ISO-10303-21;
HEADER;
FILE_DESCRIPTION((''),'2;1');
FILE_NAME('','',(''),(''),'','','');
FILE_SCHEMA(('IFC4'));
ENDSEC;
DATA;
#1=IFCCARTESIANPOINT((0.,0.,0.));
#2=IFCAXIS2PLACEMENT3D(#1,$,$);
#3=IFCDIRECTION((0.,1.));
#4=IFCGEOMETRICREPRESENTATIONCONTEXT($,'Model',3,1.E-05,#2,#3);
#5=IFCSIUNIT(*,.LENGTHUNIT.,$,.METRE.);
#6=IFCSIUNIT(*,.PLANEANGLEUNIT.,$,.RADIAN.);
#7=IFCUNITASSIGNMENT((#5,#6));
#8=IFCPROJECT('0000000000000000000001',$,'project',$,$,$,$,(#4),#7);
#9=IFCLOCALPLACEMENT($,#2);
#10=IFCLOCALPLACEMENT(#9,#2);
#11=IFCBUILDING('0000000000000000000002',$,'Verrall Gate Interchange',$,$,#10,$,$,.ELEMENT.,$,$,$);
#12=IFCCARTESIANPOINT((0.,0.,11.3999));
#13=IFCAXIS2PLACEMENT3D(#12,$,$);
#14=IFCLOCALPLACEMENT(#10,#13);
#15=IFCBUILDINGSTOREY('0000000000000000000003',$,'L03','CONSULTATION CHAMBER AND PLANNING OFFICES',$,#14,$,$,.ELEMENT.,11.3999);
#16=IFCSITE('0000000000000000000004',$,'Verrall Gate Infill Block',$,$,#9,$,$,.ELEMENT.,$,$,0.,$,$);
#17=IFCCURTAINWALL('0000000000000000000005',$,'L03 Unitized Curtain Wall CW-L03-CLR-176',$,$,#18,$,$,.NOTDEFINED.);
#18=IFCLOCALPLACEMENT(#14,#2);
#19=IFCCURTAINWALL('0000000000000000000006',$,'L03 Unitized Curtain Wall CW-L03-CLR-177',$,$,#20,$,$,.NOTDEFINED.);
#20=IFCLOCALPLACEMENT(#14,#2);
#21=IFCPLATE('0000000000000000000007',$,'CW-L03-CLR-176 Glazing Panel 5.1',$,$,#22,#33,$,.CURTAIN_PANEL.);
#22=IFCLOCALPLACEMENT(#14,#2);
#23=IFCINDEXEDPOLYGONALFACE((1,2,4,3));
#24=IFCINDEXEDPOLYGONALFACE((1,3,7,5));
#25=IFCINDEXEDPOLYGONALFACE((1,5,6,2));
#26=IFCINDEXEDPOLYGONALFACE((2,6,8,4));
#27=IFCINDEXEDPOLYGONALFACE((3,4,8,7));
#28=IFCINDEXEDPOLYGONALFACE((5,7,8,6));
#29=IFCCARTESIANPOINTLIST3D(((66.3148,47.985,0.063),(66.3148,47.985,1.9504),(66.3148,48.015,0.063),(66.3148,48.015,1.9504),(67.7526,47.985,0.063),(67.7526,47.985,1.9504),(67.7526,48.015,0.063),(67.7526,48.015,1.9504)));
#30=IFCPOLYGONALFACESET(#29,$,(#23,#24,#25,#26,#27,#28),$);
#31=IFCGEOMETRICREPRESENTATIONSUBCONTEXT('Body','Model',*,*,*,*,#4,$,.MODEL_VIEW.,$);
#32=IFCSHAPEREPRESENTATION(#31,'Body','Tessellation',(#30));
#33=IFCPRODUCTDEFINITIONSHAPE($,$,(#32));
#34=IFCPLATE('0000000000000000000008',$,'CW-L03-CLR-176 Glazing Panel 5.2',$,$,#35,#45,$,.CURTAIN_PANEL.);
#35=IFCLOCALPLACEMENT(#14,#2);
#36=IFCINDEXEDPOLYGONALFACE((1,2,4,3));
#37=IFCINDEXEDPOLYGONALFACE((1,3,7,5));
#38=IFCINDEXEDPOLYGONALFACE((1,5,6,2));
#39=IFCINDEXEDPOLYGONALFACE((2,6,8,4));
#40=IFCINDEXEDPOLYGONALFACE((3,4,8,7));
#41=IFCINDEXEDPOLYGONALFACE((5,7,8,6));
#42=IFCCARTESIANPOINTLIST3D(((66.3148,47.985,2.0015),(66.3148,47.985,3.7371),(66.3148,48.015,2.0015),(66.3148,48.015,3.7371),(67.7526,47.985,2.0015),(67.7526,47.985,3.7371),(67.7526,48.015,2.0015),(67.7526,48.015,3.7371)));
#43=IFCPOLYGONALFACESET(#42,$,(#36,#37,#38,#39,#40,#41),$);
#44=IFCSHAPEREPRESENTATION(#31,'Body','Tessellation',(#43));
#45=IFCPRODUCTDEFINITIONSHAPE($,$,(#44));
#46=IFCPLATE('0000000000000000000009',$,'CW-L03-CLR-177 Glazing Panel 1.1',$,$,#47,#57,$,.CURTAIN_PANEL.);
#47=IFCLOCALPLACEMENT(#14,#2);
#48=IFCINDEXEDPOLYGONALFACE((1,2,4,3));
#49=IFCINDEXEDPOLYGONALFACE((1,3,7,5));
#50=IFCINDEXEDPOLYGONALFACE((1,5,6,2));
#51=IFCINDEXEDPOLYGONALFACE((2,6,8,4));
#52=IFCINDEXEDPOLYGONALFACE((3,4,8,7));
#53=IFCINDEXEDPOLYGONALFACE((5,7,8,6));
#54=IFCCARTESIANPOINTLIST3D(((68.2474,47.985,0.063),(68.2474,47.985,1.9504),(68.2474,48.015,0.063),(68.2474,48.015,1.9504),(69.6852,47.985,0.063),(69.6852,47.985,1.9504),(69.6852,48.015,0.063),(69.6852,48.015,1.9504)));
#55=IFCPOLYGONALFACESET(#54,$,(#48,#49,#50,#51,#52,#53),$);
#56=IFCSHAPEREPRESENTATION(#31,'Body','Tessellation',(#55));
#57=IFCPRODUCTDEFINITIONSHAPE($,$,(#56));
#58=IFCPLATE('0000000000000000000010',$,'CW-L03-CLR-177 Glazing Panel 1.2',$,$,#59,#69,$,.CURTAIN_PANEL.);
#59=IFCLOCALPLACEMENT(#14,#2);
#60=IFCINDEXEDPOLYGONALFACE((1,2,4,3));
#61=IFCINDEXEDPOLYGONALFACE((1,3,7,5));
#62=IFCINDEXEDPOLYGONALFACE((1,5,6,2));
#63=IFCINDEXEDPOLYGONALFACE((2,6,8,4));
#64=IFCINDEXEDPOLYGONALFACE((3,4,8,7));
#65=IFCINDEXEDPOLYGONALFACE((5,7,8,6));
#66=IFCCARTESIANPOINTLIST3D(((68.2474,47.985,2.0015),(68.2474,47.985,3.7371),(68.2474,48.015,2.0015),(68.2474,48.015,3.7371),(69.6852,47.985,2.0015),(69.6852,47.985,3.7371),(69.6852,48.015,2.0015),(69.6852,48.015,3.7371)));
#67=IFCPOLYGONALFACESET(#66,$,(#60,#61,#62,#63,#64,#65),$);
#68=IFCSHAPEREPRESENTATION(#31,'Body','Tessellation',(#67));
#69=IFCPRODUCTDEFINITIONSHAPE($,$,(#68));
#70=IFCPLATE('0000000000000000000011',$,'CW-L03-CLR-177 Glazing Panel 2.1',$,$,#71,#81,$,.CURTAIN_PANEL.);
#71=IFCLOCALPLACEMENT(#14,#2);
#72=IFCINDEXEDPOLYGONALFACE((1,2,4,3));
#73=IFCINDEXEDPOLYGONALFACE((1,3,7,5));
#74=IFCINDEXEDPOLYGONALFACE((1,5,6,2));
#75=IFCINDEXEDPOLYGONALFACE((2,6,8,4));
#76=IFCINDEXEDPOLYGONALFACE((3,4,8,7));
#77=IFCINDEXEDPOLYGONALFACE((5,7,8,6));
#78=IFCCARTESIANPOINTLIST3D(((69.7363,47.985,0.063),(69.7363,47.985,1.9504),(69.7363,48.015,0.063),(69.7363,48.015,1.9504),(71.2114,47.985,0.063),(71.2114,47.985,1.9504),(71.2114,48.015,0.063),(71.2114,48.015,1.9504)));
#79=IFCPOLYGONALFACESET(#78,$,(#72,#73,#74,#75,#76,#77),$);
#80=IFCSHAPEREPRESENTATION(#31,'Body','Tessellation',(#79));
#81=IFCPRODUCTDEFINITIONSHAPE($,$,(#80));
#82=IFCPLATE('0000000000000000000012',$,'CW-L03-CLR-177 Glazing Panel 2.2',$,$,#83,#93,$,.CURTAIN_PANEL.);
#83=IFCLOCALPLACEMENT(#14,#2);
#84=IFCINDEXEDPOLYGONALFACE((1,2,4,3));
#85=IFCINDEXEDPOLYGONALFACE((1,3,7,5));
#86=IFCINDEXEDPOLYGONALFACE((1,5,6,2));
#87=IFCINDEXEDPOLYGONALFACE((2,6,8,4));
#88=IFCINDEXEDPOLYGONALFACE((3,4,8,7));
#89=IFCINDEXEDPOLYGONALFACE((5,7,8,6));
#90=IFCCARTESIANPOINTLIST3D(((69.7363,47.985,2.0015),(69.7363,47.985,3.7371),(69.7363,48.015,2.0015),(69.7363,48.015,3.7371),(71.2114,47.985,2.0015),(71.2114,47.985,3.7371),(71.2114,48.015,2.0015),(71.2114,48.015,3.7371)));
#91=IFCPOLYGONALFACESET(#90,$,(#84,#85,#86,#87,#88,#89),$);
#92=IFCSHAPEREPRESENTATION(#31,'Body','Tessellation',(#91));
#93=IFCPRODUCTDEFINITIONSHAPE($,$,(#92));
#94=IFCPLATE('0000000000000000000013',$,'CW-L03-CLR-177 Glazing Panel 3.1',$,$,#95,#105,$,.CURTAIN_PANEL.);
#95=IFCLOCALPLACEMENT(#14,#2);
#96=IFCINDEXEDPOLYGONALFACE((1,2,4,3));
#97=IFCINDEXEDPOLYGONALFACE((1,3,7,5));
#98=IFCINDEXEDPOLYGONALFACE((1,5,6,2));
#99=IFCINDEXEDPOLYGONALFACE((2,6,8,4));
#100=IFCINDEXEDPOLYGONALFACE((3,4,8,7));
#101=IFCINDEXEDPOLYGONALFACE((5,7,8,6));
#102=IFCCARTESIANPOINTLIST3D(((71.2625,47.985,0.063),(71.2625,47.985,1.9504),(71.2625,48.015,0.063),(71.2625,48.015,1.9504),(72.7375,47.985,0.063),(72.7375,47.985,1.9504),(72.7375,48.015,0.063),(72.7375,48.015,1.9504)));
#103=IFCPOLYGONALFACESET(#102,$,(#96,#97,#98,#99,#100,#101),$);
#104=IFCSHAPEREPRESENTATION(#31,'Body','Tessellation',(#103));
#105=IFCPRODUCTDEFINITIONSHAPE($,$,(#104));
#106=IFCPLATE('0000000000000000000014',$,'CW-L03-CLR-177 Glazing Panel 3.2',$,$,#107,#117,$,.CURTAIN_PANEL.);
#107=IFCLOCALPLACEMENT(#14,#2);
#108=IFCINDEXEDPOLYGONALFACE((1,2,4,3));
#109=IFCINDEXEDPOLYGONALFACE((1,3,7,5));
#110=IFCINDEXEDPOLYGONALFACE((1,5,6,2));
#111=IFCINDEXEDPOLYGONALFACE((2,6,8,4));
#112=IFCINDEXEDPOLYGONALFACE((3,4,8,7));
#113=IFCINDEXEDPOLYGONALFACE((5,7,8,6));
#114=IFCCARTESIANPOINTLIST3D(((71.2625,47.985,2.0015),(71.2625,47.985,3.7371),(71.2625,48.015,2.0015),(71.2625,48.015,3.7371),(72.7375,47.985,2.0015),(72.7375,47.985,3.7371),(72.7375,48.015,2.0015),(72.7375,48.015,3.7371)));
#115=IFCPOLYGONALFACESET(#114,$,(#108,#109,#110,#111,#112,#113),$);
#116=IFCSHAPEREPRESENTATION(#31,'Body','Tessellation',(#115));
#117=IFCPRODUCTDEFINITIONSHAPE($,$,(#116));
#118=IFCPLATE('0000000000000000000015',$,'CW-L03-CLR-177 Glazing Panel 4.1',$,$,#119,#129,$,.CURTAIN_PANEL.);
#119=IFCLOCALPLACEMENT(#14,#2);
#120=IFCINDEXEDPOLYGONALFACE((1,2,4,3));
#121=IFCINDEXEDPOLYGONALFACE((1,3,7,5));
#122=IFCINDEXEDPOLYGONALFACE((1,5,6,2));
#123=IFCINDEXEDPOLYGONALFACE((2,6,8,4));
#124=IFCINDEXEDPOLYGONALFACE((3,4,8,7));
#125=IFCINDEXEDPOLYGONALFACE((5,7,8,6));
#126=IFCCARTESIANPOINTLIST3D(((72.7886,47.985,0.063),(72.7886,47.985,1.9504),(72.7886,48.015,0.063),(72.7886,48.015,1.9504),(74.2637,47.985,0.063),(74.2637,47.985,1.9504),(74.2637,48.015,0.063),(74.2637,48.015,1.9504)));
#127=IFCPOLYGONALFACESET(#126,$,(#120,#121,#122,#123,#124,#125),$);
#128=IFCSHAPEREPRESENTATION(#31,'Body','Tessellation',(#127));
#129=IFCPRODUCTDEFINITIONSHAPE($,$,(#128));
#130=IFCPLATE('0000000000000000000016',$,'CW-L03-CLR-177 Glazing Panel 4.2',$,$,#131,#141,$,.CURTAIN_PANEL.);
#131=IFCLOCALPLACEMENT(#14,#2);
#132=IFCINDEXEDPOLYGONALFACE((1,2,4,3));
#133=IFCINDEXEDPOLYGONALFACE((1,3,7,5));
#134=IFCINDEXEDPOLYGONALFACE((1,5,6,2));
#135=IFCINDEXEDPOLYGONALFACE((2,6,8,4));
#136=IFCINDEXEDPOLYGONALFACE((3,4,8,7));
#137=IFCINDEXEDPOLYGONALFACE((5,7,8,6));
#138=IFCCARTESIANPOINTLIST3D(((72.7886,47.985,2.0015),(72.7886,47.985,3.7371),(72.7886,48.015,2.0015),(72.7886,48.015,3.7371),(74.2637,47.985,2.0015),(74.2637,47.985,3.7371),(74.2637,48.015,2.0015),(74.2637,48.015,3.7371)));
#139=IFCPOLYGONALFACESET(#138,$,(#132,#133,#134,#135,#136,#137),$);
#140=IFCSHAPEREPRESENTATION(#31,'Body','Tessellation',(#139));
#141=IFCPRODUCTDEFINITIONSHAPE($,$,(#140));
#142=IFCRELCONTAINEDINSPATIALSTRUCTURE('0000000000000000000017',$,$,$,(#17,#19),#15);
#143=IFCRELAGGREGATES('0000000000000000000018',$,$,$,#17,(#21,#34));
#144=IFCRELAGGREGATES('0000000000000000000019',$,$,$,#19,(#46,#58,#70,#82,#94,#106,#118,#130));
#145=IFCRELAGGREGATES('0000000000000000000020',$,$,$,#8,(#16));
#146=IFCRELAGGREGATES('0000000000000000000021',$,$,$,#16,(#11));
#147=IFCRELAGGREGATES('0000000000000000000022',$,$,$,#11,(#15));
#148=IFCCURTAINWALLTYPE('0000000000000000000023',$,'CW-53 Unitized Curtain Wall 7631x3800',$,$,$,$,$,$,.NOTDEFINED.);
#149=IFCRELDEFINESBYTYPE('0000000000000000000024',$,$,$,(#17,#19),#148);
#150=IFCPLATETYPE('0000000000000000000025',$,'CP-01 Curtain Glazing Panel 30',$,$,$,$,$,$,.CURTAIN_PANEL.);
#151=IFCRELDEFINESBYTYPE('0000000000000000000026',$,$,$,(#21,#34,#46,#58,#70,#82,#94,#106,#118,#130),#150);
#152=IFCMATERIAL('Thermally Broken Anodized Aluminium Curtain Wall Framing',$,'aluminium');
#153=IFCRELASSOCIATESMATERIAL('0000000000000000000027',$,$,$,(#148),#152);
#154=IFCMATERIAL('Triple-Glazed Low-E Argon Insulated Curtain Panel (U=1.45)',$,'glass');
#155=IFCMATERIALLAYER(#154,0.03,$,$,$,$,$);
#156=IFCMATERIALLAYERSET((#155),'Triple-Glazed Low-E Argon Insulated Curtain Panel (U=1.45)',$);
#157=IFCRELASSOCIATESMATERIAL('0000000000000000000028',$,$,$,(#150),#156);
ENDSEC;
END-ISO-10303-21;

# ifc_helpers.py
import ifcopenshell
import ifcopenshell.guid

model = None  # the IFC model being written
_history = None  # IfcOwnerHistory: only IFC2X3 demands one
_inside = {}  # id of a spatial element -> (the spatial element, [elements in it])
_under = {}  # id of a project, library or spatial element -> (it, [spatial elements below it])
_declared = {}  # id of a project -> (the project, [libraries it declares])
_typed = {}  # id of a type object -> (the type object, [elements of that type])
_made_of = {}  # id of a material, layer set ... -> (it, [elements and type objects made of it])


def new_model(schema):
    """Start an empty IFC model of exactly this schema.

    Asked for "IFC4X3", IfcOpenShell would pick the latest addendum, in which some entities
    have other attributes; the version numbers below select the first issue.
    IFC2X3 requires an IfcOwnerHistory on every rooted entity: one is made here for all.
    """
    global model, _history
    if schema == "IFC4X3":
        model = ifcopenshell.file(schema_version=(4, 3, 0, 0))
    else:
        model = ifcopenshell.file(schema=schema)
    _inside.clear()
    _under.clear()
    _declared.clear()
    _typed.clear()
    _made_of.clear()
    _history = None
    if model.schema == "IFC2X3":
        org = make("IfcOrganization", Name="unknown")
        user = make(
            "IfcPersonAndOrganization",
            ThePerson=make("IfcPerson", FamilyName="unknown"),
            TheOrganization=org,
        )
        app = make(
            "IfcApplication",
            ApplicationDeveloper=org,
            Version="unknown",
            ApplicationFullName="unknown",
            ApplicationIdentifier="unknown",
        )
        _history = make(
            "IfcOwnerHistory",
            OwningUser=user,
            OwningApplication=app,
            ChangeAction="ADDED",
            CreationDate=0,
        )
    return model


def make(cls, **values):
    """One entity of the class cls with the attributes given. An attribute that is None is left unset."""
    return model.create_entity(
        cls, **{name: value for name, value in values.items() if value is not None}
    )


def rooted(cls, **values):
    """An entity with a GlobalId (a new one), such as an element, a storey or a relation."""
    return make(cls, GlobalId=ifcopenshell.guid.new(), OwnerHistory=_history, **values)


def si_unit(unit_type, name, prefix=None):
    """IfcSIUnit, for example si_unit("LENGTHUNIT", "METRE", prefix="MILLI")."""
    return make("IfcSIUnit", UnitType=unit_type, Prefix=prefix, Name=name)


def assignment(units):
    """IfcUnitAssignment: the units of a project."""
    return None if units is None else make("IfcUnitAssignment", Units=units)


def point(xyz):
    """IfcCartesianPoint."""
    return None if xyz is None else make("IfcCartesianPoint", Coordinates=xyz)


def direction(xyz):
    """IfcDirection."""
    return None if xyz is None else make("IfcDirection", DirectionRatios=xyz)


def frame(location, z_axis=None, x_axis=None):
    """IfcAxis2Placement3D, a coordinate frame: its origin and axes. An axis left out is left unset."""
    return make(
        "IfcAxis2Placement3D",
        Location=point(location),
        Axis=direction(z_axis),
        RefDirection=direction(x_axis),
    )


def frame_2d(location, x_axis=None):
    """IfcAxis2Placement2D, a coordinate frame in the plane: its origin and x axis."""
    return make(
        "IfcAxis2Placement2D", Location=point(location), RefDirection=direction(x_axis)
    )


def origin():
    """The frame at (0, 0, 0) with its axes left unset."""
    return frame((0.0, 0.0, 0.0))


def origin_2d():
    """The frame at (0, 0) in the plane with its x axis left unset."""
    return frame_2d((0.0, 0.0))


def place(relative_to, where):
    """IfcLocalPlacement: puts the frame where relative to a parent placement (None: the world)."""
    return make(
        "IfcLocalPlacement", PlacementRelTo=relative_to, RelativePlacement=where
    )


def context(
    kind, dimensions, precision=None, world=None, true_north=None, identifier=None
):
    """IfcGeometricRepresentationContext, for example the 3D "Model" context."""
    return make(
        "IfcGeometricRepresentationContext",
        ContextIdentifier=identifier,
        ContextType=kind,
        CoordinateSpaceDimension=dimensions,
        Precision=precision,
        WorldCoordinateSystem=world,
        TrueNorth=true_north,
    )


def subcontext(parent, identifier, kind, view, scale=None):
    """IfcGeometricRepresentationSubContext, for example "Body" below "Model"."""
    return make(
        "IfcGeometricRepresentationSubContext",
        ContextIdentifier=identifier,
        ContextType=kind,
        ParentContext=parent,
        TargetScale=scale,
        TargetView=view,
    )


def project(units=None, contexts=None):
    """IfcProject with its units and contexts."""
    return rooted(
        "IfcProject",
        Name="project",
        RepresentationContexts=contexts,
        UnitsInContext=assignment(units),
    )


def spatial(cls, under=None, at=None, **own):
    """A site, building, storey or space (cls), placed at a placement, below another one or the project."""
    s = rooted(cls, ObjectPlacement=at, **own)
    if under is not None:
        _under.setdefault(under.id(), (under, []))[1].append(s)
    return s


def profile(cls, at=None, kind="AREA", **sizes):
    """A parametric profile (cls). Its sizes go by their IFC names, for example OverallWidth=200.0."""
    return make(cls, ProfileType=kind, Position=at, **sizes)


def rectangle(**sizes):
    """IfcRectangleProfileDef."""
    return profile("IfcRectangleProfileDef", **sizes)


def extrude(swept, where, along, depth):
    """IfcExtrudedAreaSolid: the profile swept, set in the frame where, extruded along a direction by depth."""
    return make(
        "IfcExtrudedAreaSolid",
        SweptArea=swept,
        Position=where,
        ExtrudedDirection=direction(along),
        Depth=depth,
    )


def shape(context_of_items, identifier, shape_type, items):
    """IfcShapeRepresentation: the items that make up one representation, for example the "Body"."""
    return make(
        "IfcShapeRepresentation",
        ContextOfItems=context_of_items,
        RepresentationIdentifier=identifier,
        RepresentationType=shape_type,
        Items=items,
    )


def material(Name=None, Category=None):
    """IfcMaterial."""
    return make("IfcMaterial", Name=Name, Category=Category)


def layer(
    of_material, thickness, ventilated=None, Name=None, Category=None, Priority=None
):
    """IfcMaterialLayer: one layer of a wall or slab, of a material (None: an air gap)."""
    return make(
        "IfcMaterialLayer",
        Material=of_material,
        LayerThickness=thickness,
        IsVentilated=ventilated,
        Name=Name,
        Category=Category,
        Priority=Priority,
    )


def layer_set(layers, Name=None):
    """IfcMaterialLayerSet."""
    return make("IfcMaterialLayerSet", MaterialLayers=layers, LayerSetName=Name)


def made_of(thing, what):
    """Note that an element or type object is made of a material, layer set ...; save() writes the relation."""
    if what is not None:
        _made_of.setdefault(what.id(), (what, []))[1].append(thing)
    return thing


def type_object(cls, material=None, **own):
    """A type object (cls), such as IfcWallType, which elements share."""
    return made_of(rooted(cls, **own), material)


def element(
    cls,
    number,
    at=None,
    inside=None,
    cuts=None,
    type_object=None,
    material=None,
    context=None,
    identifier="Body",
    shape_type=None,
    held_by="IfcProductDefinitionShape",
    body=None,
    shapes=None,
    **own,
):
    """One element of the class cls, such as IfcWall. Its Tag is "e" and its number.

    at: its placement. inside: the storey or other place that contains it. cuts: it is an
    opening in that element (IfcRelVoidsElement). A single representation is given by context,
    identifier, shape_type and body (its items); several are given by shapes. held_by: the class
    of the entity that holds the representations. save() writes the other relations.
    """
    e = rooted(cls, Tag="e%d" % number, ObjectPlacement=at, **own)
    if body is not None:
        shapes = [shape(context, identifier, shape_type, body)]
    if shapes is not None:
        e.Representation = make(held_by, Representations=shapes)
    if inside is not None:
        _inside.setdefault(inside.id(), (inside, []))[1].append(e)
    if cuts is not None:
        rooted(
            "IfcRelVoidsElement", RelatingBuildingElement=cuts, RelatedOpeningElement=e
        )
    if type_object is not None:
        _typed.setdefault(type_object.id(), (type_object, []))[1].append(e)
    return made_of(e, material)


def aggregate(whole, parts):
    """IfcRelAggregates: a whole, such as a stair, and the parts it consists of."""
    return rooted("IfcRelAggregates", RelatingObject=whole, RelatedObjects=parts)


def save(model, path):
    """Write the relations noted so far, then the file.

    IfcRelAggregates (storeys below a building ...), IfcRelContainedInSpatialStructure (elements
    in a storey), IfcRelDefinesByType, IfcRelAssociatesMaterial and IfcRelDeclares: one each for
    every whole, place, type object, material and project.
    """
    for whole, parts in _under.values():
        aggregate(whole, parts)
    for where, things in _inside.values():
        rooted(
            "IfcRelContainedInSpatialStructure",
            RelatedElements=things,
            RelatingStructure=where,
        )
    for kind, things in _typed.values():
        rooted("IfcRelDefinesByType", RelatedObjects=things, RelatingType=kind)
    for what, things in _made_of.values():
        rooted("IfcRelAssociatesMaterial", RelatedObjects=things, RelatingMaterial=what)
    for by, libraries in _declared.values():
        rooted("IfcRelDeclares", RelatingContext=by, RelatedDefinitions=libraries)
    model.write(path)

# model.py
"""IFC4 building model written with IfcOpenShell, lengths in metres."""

from ifc_helpers import new_model, si_unit, direction, frame, origin, origin_2d, place, context, subcontext, project, spatial, rectangle, extrude, material, layer, layer_set, type_object, element, aggregate, save


model = new_model("IFC4")

# Units and contexts
model_context = context("Model", 3, precision=1e-05, world=origin(), true_north=direction((0.0, 1.0)))
body_context = subcontext(model_context, "Body", "Model", "MODEL_VIEW")
ifc_project = project(units=[si_unit("LENGTHUNIT", "METRE"), si_unit("PLANEANGLEUNIT", "RADIAN")], contexts=[model_context])

# Site, building, storey
site_placement = place(None, origin())
site = spatial("IfcSite", under=ifc_project, at=site_placement, Name="Verrall Gate Infill Block", CompositionType="ELEMENT", RefElevation=0.0)
building_placement = place(site_placement, origin())
building = spatial("IfcBuilding", under=site, at=building_placement, Name="Verrall Gate Interchange", CompositionType="ELEMENT")
storey_placement = place(building_placement, frame((0.0, 0.0, 11.3999)))
storey = spatial("IfcBuildingStorey", under=building, at=storey_placement, Name="L03", Description="CONSULTATION CHAMBER AND PLANNING OFFICES", CompositionType="ELEMENT", Elevation=11.3999)

# Curtain walls
ifc_material_1 = material(Name="Thermally Broken Anodized Aluminium Curtain Wall Framing", Category="aluminium")
curtain_wall_type = type_object("IfcCurtainWallType", Name="CW-53 Unitized Curtain Wall 7631x3800", PredefinedType="NOTDEFINED", material=ifc_material_1)
curtain_wall_1_placement = place(storey_placement, origin())
curtain_wall_1 = element("IfcCurtainWall", 1, at=curtain_wall_1_placement, inside=storey, type_object=curtain_wall_type, Name="L03 Unitized Curtain Wall CW-L03-CLR-176", PredefinedType="NOTDEFINED")
curtain_wall_2_placement = place(storey_placement, origin())
curtain_wall_2 = element("IfcCurtainWall", 2, at=curtain_wall_2_placement, inside=storey, type_object=curtain_wall_type, Name="L03 Unitized Curtain Wall CW-L03-CLR-177", PredefinedType="NOTDEFINED")

# Plates
ifc_material_2 = material(Name="Triple-Glazed Low-E Argon Insulated Curtain Panel (U=1.45)", Category="glass")
ifc_layer_1 = layer(ifc_material_2, 0.03)
ifc_layer_set_1 = layer_set([ifc_layer_1], Name="Triple-Glazed Low-E Argon Insulated Curtain Panel (U=1.45)")
plate_type_1 = type_object("IfcPlateType", Name="CP-01 Curtain Glazing Panel 30", PredefinedType="CURTAIN_PANEL", material=ifc_layer_set_1)
plate_1_placement = place(storey_placement, frame((67.0337, 48.0, 0.063), z_axis=(0.0, 0.0, 1.0), x_axis=(1.0, 0.0, 0.0)))
plate_1 = element("IfcPlate", 3, at=plate_1_placement, type_object=plate_type_1, Name="CW-L03-CLR-176 Glazing Panel 5.1", PredefinedType="CURTAIN_PANEL", context=body_context, shape_type="SweptSolid", body=[
    extrude(rectangle(XDim=1.4377, YDim=0.03, at=origin_2d()), origin(), (0.0, 0.0, 1.0), 1.8875),
])
plate_2_placement = place(storey_placement, frame((67.0337, 48.0, 2.0015), z_axis=(0.0, 0.0, 1.0), x_axis=(1.0, 0.0, 0.0)))
plate_2 = element("IfcPlate", 4, at=plate_2_placement, type_object=plate_type_1, Name="CW-L03-CLR-176 Glazing Panel 5.2", PredefinedType="CURTAIN_PANEL", context=body_context, shape_type="SweptSolid", body=[
    extrude(rectangle(XDim=1.4377, YDim=0.03, at=origin_2d()), origin(), (0.0, 0.0, 1.0), 1.7356),
])
aggregate(curtain_wall_1, [plate_1, plate_2])
plate_3_placement = place(storey_placement, frame((68.9663, 48.0, 0.063), z_axis=(0.0, 0.0, 1.0), x_axis=(1.0, 0.0, 0.0)))
plate_3 = element("IfcPlate", 5, at=plate_3_placement, type_object=plate_type_1, Name="CW-L03-CLR-177 Glazing Panel 1.1", PredefinedType="CURTAIN_PANEL", context=body_context, shape_type="SweptSolid", body=[
    extrude(rectangle(XDim=1.4377, YDim=0.03, at=origin_2d()), origin(), (0.0, 0.0, 1.0), 1.8875),
])
plate_4_placement = place(storey_placement, frame((68.9663, 48.0, 2.0015), z_axis=(0.0, 0.0, 1.0), x_axis=(1.0, 0.0, 0.0)))
plate_4 = element("IfcPlate", 6, at=plate_4_placement, type_object=plate_type_1, Name="CW-L03-CLR-177 Glazing Panel 1.2", PredefinedType="CURTAIN_PANEL", context=body_context, shape_type="SweptSolid", body=[
    extrude(rectangle(XDim=1.4377, YDim=0.03, at=origin_2d()), origin(), (0.0, 0.0, 1.0), 1.7356),
])
plate_5_placement = place(storey_placement, frame((70.4739, 48.0, 0.063), z_axis=(0.0, 0.0, 1.0), x_axis=(1.0, 0.0, 0.0)))
plate_5 = element("IfcPlate", 7, at=plate_5_placement, type_object=plate_type_1, Name="CW-L03-CLR-177 Glazing Panel 2.1", PredefinedType="CURTAIN_PANEL", context=body_context, shape_type="SweptSolid", body=[
    extrude(rectangle(XDim=1.4751, YDim=0.03, at=origin_2d()), origin(), (0.0, 0.0, 1.0), 1.8875),
])
plate_6_placement = place(storey_placement, frame((70.4739, 48.0, 2.0015), z_axis=(0.0, 0.0, 1.0), x_axis=(1.0, 0.0, 0.0)))
plate_6 = element("IfcPlate", 8, at=plate_6_placement, type_object=plate_type_1, Name="CW-L03-CLR-177 Glazing Panel 2.2", PredefinedType="CURTAIN_PANEL", context=body_context, shape_type="SweptSolid", body=[
    extrude(rectangle(XDim=1.4751, YDim=0.03, at=origin_2d()), origin(), (0.0, 0.0, 1.0), 1.7356),
])
plate_7_placement = place(storey_placement, frame((72.0, 48.0, 0.063), z_axis=(0.0, 0.0, 1.0), x_axis=(1.0, 0.0, 0.0)))
plate_7 = element("IfcPlate", 9, at=plate_7_placement, type_object=plate_type_1, Name="CW-L03-CLR-177 Glazing Panel 3.1", PredefinedType="CURTAIN_PANEL", context=body_context, shape_type="SweptSolid", body=[
    extrude(rectangle(XDim=1.4751, YDim=0.03, at=origin_2d()), origin(), (0.0, 0.0, 1.0), 1.8875),
])
plate_8_placement = place(storey_placement, frame((72.0, 48.0, 2.0015), z_axis=(0.0, 0.0, 1.0), x_axis=(1.0, 0.0, 0.0)))
plate_8 = element("IfcPlate", 10, at=plate_8_placement, type_object=plate_type_1, Name="CW-L03-CLR-177 Glazing Panel 3.2", PredefinedType="CURTAIN_PANEL", context=body_context, shape_type="SweptSolid", body=[
    extrude(rectangle(XDim=1.4751, YDim=0.03, at=origin_2d()), origin(), (0.0, 0.0, 1.0), 1.7356),
])
plate_9_placement = place(storey_placement, frame((73.5261, 48.0, 0.063), z_axis=(0.0, 0.0, 1.0), x_axis=(1.0, 0.0, 0.0)))
plate_9 = element("IfcPlate", 11, at=plate_9_placement, type_object=plate_type_1, Name="CW-L03-CLR-177 Glazing Panel 4.1", PredefinedType="CURTAIN_PANEL", context=body_context, shape_type="SweptSolid", body=[
    extrude(rectangle(XDim=1.4751, YDim=0.03, at=origin_2d()), origin(), (0.0, 0.0, 1.0), 1.8875),
])
plate_10_placement = place(storey_placement, frame((73.5261, 48.0, 2.0015), z_axis=(0.0, 0.0, 1.0), x_axis=(1.0, 0.0, 0.0)))
plate_10 = element("IfcPlate", 12, at=plate_10_placement, type_object=plate_type_1, Name="CW-L03-CLR-177 Glazing Panel 4.2", PredefinedType="CURTAIN_PANEL", context=body_context, shape_type="SweptSolid", body=[
    extrude(rectangle(XDim=1.4751, YDim=0.03, at=origin_2d()), origin(), (0.0, 0.0, 1.0), 1.7356),
])
aggregate(curtain_wall_2, [plate_3, plate_4, plate_5, plate_6, plate_7, plate_8, plate_9, plate_10])

save(model, "model.ifc")
